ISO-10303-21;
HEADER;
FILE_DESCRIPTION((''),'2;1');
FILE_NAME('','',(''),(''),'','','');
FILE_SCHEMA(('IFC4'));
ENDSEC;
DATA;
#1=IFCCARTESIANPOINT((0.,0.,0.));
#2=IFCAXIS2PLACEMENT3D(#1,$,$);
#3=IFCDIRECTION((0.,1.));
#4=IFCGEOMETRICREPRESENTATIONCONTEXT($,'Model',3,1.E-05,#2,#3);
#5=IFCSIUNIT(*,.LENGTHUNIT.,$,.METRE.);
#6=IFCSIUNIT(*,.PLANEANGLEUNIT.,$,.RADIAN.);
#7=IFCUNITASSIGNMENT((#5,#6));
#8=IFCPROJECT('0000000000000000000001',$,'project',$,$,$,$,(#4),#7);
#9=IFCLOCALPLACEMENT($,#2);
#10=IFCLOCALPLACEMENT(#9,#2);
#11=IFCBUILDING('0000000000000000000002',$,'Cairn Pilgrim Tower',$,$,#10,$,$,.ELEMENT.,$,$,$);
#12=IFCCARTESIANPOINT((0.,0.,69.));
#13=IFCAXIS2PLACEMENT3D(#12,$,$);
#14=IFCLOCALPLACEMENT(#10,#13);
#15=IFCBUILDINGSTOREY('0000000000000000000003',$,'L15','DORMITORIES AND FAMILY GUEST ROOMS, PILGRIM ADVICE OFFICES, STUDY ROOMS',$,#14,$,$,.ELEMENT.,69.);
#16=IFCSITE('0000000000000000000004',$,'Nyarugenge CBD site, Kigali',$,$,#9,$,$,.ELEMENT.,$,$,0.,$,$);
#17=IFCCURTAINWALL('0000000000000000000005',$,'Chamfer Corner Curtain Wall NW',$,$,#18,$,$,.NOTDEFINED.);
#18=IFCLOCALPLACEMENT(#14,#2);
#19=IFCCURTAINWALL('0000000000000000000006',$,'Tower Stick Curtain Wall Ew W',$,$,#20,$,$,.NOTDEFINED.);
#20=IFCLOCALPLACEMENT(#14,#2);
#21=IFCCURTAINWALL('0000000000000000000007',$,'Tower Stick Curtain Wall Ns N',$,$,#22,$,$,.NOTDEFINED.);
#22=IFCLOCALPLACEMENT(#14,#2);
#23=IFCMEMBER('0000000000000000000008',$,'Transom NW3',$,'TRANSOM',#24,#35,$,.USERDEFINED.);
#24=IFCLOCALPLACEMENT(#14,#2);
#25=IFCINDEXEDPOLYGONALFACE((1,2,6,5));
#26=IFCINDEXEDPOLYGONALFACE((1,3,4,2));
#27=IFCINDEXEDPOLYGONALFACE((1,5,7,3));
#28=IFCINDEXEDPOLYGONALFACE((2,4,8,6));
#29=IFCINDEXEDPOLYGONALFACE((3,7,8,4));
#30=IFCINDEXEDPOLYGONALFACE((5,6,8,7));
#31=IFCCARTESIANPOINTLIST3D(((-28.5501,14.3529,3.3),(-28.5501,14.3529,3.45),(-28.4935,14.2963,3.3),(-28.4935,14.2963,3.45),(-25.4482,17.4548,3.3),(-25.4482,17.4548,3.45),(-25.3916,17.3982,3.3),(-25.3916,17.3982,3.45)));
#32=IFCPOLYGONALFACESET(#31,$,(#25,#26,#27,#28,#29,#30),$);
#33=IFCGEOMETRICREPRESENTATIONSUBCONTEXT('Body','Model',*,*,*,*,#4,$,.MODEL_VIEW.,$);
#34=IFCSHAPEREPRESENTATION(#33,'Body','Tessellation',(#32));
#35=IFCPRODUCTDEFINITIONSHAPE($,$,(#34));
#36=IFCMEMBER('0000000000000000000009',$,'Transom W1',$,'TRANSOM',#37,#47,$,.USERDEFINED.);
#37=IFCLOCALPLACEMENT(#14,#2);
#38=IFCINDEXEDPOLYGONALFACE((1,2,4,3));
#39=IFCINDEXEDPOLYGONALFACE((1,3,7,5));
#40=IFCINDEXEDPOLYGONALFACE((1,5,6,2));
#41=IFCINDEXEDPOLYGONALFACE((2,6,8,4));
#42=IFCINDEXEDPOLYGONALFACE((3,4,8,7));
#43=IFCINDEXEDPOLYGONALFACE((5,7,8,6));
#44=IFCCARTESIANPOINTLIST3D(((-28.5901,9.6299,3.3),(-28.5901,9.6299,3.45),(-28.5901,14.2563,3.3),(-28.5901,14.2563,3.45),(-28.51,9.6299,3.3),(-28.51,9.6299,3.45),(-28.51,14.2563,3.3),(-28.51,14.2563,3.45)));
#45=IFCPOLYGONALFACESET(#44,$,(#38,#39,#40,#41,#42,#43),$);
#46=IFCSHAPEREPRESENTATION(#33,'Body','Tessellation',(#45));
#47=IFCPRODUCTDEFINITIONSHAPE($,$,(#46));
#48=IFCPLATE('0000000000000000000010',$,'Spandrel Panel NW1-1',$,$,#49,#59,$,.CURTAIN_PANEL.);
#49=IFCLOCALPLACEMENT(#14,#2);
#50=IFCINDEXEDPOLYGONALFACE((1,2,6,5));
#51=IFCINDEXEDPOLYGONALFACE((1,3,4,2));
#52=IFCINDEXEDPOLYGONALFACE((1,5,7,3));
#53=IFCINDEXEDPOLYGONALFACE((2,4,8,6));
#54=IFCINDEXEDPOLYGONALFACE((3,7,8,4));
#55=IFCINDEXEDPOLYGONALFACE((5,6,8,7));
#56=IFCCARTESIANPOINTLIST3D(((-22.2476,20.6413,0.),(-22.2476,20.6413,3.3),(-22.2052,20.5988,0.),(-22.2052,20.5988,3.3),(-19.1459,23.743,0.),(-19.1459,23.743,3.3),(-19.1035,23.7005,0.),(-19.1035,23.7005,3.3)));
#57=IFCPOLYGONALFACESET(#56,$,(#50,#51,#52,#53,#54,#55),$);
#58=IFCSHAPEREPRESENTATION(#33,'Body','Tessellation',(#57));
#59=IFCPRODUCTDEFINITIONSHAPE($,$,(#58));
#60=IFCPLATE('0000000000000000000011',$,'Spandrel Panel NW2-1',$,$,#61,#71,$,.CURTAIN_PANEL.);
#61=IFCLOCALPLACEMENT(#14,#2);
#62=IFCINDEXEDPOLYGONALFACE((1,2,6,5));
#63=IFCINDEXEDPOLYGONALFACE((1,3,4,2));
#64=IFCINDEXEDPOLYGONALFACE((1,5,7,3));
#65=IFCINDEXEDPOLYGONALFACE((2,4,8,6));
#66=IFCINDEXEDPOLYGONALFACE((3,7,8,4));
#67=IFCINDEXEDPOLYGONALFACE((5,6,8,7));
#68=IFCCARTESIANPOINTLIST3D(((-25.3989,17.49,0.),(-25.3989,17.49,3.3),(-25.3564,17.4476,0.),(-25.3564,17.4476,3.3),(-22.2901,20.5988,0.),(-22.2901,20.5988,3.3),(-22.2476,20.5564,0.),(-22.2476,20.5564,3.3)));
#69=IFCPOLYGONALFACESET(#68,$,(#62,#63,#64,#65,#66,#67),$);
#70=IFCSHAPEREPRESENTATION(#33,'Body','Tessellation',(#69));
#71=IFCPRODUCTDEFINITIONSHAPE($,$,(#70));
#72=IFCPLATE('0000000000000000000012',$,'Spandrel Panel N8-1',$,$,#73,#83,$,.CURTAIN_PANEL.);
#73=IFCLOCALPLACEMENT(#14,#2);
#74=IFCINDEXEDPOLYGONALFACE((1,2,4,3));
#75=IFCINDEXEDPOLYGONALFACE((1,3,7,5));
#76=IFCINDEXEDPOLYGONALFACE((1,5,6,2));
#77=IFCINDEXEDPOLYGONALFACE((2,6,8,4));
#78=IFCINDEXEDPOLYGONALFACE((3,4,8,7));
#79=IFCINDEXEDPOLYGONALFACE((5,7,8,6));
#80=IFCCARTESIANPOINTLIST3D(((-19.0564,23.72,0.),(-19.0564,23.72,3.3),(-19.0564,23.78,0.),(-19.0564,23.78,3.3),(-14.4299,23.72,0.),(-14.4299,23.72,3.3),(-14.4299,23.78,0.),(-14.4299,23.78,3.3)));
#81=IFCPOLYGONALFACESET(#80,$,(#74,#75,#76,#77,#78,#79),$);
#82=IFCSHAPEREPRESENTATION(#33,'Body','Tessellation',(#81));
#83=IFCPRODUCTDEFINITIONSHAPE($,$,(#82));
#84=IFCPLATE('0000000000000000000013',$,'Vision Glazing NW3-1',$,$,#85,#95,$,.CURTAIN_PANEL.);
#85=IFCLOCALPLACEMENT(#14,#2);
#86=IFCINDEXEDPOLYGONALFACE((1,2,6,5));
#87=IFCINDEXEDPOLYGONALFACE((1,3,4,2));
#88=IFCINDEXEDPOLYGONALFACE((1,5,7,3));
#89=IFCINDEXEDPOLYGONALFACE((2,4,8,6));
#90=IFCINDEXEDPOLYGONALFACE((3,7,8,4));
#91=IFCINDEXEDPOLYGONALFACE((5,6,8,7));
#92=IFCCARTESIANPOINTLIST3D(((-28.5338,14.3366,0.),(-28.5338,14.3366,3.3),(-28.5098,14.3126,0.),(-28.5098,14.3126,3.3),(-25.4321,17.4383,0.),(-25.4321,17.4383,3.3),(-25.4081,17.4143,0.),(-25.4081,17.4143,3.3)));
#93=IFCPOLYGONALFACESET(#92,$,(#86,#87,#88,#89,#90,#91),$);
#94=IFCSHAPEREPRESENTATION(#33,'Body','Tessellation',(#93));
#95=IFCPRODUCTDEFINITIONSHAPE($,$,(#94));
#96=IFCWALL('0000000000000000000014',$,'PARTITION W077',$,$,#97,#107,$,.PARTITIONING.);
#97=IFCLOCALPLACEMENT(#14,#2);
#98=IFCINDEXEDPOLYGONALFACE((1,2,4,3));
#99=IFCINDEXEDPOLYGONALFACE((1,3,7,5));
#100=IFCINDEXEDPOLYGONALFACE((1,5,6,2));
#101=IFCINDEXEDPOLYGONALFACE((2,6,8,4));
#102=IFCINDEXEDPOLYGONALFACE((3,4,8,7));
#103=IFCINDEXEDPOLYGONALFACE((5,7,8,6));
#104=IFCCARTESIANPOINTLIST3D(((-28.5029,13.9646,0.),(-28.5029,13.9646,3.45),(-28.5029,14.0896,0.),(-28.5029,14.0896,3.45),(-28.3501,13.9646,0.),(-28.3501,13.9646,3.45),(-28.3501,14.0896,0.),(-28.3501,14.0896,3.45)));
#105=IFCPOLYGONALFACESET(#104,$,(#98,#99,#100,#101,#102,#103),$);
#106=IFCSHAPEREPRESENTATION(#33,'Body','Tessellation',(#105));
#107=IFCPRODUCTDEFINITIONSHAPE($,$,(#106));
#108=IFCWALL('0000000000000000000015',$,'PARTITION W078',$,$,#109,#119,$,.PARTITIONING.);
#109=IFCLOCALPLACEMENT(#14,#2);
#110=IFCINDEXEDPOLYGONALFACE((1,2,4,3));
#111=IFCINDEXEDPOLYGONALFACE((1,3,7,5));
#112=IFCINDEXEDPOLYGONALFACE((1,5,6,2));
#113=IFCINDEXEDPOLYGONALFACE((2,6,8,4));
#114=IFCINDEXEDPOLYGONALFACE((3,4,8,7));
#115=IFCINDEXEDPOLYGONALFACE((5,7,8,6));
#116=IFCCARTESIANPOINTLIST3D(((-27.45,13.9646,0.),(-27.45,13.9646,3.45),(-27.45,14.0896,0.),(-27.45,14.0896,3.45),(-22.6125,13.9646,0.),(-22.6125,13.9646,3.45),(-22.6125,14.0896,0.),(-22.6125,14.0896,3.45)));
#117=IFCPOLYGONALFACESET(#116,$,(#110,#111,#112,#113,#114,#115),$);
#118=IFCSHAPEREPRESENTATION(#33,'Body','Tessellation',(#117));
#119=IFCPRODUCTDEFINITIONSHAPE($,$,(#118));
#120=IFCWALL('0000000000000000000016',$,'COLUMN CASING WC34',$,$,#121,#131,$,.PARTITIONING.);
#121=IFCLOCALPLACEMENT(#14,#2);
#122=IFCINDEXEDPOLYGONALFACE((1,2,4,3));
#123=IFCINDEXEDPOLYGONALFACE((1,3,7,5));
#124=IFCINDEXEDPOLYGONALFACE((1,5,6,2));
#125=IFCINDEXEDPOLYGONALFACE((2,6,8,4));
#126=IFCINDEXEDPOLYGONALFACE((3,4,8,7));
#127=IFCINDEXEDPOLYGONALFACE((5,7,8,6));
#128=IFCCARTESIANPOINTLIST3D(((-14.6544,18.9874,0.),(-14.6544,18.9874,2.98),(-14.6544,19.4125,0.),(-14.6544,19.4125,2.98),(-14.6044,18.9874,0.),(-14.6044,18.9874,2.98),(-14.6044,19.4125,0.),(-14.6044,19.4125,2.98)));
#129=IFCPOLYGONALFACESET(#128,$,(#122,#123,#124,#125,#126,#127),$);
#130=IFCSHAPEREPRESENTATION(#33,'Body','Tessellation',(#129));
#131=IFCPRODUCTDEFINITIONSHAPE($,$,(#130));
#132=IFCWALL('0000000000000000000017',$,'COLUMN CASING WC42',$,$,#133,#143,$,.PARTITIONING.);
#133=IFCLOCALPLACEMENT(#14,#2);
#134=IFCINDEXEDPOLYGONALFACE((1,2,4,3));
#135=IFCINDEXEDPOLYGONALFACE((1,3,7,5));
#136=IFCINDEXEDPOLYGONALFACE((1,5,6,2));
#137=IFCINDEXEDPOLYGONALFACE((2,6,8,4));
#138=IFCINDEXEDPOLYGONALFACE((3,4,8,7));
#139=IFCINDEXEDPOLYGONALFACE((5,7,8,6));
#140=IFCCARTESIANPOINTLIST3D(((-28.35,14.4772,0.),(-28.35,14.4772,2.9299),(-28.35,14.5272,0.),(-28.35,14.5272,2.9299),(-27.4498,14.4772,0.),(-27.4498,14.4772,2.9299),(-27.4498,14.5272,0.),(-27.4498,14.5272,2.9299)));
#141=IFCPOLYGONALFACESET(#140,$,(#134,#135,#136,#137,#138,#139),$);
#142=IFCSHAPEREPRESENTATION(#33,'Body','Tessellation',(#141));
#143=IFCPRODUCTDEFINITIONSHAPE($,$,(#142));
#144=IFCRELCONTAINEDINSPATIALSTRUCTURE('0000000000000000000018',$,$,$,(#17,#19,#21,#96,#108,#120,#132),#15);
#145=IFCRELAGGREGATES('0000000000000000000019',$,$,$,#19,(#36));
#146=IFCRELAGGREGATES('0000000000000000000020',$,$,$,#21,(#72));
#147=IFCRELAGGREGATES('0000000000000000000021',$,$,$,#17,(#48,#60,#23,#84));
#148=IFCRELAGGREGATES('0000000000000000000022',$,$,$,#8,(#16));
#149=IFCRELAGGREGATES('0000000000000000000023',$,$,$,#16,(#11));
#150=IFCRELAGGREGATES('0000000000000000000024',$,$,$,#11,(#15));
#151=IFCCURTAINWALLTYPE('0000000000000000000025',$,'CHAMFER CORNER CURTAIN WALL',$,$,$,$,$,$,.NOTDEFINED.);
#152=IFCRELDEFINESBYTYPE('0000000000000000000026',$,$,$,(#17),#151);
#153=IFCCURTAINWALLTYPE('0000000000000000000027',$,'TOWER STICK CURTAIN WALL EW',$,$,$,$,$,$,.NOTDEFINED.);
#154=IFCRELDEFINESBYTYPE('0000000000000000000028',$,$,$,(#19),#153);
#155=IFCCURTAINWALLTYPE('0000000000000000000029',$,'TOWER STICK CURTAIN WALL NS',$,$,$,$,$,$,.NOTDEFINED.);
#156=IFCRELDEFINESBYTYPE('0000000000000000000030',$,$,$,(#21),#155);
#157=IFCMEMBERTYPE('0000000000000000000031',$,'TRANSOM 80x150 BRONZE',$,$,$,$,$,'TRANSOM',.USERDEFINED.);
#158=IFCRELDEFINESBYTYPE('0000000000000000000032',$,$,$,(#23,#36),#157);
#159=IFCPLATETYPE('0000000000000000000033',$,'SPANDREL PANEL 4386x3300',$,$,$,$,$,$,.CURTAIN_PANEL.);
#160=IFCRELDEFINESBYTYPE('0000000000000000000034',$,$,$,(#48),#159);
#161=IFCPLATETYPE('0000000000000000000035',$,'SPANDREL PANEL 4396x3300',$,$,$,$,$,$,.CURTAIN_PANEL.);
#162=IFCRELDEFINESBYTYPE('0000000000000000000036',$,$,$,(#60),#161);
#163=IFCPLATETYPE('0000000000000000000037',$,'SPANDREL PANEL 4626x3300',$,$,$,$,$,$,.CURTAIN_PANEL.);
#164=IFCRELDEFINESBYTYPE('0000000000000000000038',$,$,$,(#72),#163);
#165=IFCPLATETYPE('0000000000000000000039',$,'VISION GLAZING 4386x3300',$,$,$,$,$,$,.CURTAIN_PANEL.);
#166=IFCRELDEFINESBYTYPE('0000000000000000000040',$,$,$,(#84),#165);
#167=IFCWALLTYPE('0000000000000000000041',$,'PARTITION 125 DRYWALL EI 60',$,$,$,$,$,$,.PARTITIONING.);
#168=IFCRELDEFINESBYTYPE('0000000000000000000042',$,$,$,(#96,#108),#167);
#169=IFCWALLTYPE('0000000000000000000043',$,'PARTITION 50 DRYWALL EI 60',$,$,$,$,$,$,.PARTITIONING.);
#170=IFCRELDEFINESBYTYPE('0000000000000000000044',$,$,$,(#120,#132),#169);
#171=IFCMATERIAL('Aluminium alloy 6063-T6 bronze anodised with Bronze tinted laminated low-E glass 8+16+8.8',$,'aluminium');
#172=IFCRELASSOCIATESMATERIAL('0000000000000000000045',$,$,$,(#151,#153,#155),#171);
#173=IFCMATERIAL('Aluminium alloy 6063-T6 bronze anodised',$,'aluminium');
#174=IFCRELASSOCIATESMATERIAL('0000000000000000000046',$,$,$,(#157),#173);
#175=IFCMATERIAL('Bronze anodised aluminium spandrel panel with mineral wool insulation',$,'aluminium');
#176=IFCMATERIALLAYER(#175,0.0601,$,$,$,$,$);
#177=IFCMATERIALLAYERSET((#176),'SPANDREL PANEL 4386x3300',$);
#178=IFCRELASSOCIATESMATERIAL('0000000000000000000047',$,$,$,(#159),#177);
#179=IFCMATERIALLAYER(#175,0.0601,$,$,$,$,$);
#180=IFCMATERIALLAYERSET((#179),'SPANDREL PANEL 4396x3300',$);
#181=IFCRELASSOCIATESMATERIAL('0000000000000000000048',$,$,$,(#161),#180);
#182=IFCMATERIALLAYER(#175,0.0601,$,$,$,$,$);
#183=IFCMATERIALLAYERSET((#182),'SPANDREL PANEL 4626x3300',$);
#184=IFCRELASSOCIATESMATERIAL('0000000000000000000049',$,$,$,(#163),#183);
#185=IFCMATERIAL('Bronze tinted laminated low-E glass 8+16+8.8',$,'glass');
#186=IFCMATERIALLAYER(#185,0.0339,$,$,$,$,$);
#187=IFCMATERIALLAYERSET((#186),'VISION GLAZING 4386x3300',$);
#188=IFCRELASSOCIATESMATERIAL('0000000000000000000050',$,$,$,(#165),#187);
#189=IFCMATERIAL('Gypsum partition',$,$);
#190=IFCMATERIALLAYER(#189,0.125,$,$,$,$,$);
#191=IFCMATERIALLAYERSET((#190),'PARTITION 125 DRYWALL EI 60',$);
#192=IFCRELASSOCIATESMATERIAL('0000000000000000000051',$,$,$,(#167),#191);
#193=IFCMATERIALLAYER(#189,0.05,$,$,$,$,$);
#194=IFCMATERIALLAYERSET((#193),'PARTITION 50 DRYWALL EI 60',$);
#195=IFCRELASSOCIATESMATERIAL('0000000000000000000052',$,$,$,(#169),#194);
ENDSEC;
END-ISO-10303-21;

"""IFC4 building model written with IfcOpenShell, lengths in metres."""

from ifc_helpers import new_model, si_unit, direction, frame, frame_2d, origin, origin_2d, place, context, subcontext, project, spatial, rectangle, extrude, material, layer, layer_set, material_profile, profile_set, type_object, element, aggregate, save


model = new_model("IFC4")

# Units and contexts
model_context = context("Model", 3, precision=1e-05, world=origin(), true_north=direction((0.0, 1.0)))
body_context = subcontext(model_context, "Body", "Model", "MODEL_VIEW")
ifc_project = project(units=[si_unit("LENGTHUNIT", "METRE"), si_unit("PLANEANGLEUNIT", "RADIAN")], contexts=[model_context])

# Site, building, storey
site_placement = place(None, origin())
site = spatial("IfcSite", under=ifc_project, at=site_placement, Name="Nyarugenge CBD site, Kigali", CompositionType="ELEMENT", RefElevation=0.0)
building_placement = place(site_placement, origin())
building = spatial("IfcBuilding", under=site, at=building_placement, Name="Cairn Pilgrim Tower", CompositionType="ELEMENT")
storey_placement = place(building_placement, frame((0.0, 0.0, 69.0)))
storey = spatial("IfcBuildingStorey", under=building, at=storey_placement, Name="L15", Description="DORMITORIES AND FAMILY GUEST ROOMS, PILGRIM ADVICE OFFICES, STUDY ROOMS", CompositionType="ELEMENT", Elevation=69.0)

# Curtain wall
ifc_material_1 = material(Name="Aluminium alloy 6063-T6 bronze anodised with Bronze tinted laminated low-E glass 8+16+8.8", Category="aluminium")
curtain_wall_type_1 = type_object("IfcCurtainWallType", Name="CHAMFER CORNER CURTAIN WALL", PredefinedType="NOTDEFINED", material=ifc_material_1)
curtain_wall_1_placement = place(storey_placement, origin())
curtain_wall_1 = element("IfcCurtainWall", 1, at=curtain_wall_1_placement, inside=storey, type_object=curtain_wall_type_1, Name="Chamfer Corner Curtain Wall NW", PredefinedType="NOTDEFINED")
ifc_material_2 = material(Name="Aluminium alloy 6063-T6 bronze anodised", Category="aluminium")

# Curtain wall
curtain_wall_type_2 = type_object("IfcCurtainWallType", Name="TOWER STICK CURTAIN WALL EW", PredefinedType="NOTDEFINED", material=ifc_material_1)
curtain_wall_2_placement = place(storey_placement, origin())
curtain_wall_2 = element("IfcCurtainWall", 2, at=curtain_wall_2_placement, inside=storey, type_object=curtain_wall_type_2, Name="Tower Stick Curtain Wall Ew W", PredefinedType="NOTDEFINED")

# Curtain wall
curtain_wall_type_3 = type_object("IfcCurtainWallType", Name="TOWER STICK CURTAIN WALL NS", PredefinedType="NOTDEFINED", material=ifc_material_1)
curtain_wall_3_placement = place(storey_placement, origin())
curtain_wall_3 = element("IfcCurtainWall", 3, at=curtain_wall_3_placement, inside=storey, type_object=curtain_wall_type_3, Name="Tower Stick Curtain Wall Ns N", PredefinedType="NOTDEFINED")
ifc_material_profile_1 = material_profile(ifc_material_2, rectangle(XDim=0.0801, YDim=0.1499, at=origin_2d()), Name="TRANSOM 80x150 BRONZE")
ifc_profile_set_1 = profile_set([ifc_material_profile_1], Name="Aluminium alloy 6063-T6 bronze anodised")
member_type_1 = type_object("IfcMemberType", Name="TRANSOM 80x150 BRONZE", ElementType="TRANSOM", PredefinedType="USERDEFINED", material=ifc_profile_set_1)

# Members
member_1_placement = place(storey_placement, frame((-25.4199, 17.4265, 3.375), z_axis=(-0.707107, -0.707107, 0.0), x_axis=(0.707107, -0.707107, 0.0)))
member_1 = element("IfcMember", 4, at=member_1_placement, type_object=member_type_1, Name="Transom NW3", ObjectType="TRANSOM", PredefinedType="USERDEFINED", context=body_context, shape_type="SweptSolid", body=[
    extrude(rectangle(XDim=0.0801, YDim=0.1499, at=origin_2d()), origin(), (0.0, 0.0, 1.0), 4.3867),
])
member_2_placement = place(storey_placement, frame((-28.55, 14.2563, 3.375), z_axis=(0.0, -1.0, 0.0), x_axis=(1.0, 0.0, 0.0)))
member_2 = element("IfcMember", 5, at=member_2_placement, type_object=member_type_1, Name="Transom W1", ObjectType="TRANSOM", PredefinedType="USERDEFINED", context=body_context, shape_type="SweptSolid", body=[
    extrude(rectangle(XDim=0.0801, YDim=0.1499, at=origin_2d()), origin(), (0.0, 0.0, 1.0), 4.6265),
])
aggregate(curtain_wall_2, [member_2])

# Plates
ifc_material_3 = material(Name="Bronze anodised aluminium spandrel panel with mineral wool insulation", Category="aluminium")
ifc_layer_1 = layer(ifc_material_3, 0.0601)
ifc_layer_set_1 = layer_set([ifc_layer_1], Name="SPANDREL PANEL 4386x3300")
plate_type_1 = type_object("IfcPlateType", Name="SPANDREL PANEL 4386x3300", PredefinedType="CURTAIN_PANEL", material=ifc_layer_set_1)
plate_1_placement = place(storey_placement, frame((-20.6755, 22.1709, 0.0), z_axis=(0.0, 0.0, 1.0), x_axis=(-0.707107, -0.707107, 0.0)))
plate_1 = element("IfcPlate", 6, at=plate_1_placement, type_object=plate_type_1, Name="Spandrel Panel NW1-1", PredefinedType="CURTAIN_PANEL", context=body_context, shape_type="SweptSolid", body=[
    extrude(rectangle(XDim=4.3865, YDim=0.0601, at=origin_2d()), origin(), (0.0, 0.0, 1.0), 3.3),
])
ifc_layer_2 = layer(ifc_material_3, 0.0601)
ifc_layer_set_2 = layer_set([ifc_layer_2], Name="SPANDREL PANEL 4396x3300")
plate_type_2 = type_object("IfcPlateType", Name="SPANDREL PANEL 4396x3300", PredefinedType="CURTAIN_PANEL", material=ifc_layer_set_2)
plate_2_placement = place(storey_placement, frame((-23.8232, 19.0232, 0.0), z_axis=(0.0, 0.0, 1.0), x_axis=(-0.707107, -0.707107, 0.0)))
plate_2 = element("IfcPlate", 7, at=plate_2_placement, type_object=plate_type_2, Name="Spandrel Panel NW2-1", PredefinedType="CURTAIN_PANEL", context=body_context, shape_type="SweptSolid", body=[
    extrude(rectangle(XDim=4.3965, YDim=0.0601, at=origin_2d()), origin(), (0.0, 0.0, 1.0), 3.3),
])
ifc_layer_3 = layer(ifc_material_3, 0.0601)
ifc_layer_set_3 = layer_set([ifc_layer_3], Name="SPANDREL PANEL 4626x3300")
plate_type_3 = type_object("IfcPlateType", Name="SPANDREL PANEL 4626x3300", PredefinedType="CURTAIN_PANEL", material=ifc_layer_set_3)
plate_3_placement = place(storey_placement, frame((-16.7432, 23.75, 0.0), z_axis=(0.0, 0.0, 1.0), x_axis=(-1.0, 0.0, 0.0)))
plate_3 = element("IfcPlate", 8, at=plate_3_placement, type_object=plate_type_3, Name="Spandrel Panel N8-1", PredefinedType="CURTAIN_PANEL", context=body_context, shape_type="SweptSolid", body=[
    extrude(rectangle(XDim=4.6265, YDim=0.0601, at=origin_2d()), origin(), (0.0, 0.0, 1.0), 3.3),
])
aggregate(curtain_wall_3, [plate_3])
ifc_material_4 = material(Name="Bronze tinted laminated low-E glass 8+16+8.8", Category="glass")
ifc_layer_4 = layer(ifc_material_4, 0.0339)
ifc_layer_set_4 = layer_set([ifc_layer_4], Name="VISION GLAZING 4386x3300")
plate_type_4 = type_object("IfcPlateType", Name="VISION GLAZING 4386x3300", PredefinedType="CURTAIN_PANEL", material=ifc_layer_set_4)
plate_4_placement = place(storey_placement, frame((-26.9709, 15.8755, 0.0), z_axis=(0.0, 0.0, 1.0), x_axis=(-0.707107, -0.707107, 0.0)))
plate_4 = element("IfcPlate", 9, at=plate_4_placement, type_object=plate_type_4, Name="Vision Glazing NW3-1", PredefinedType="CURTAIN_PANEL", context=body_context, shape_type="SweptSolid", body=[
    extrude(rectangle(XDim=4.3865, YDim=0.0339, at=origin_2d()), origin(), (0.0, 0.0, 1.0), 3.3),
])
aggregate(curtain_wall_1, [plate_1, plate_2, member_1, plate_4])

# Walls
ifc_material_5 = material(Name="Gypsum partition")
ifc_layer_5 = layer(ifc_material_5, 0.125)
ifc_layer_set_5 = layer_set([ifc_layer_5], Name="PARTITION 125 DRYWALL EI 60")
wall_type_1 = type_object("IfcWallType", Name="PARTITION 125 DRYWALL EI 60", PredefinedType="PARTITIONING", material=ifc_layer_set_5)
wall_1_placement = place(storey_placement, frame((-28.5029, 14.0271, 0.0), z_axis=(0.0, 0.0, 1.0), x_axis=(1.0, 0.0, 0.0)))
element("IfcWall", 10, at=wall_1_placement, inside=storey, type_object=wall_type_1, Name="PARTITION W077", PredefinedType="PARTITIONING", context=body_context, shape_type="SweptSolid", body=[
    extrude(rectangle(XDim=0.1528, YDim=0.125, at=frame_2d((0.0764, 0.0))), origin(), (0.0, 0.0, 1.0), 3.45),
])
wall_2_placement = place(storey_placement, frame((-27.45, 14.0271, 0.0), z_axis=(0.0, 0.0, 1.0), x_axis=(1.0, 0.0, 0.0)))
element("IfcWall", 11, at=wall_2_placement, inside=storey, type_object=wall_type_1, Name="PARTITION W078", PredefinedType="PARTITIONING", context=body_context, shape_type="SweptSolid", body=[
    extrude(rectangle(XDim=4.8374, YDim=0.125, at=frame_2d((2.4187, 0.0))), origin(), (0.0, 0.0, 1.0), 3.45),
])
ifc_layer_6 = layer(ifc_material_5, 0.05)
ifc_layer_set_6 = layer_set([ifc_layer_6], Name="PARTITION 50 DRYWALL EI 60")
wall_type_2 = type_object("IfcWallType", Name="PARTITION 50 DRYWALL EI 60", PredefinedType="PARTITIONING", material=ifc_layer_set_6)
wall_3_placement = place(storey_placement, frame((-14.6294, 18.9875, 0.0), z_axis=(0.0, 0.0, 1.0), x_axis=(0.0, 1.0, 0.0)))
element("IfcWall", 12, at=wall_3_placement, inside=storey, type_object=wall_type_2, Name="COLUMN CASING WC34", PredefinedType="PARTITIONING", context=body_context, shape_type="SweptSolid", body=[
    extrude(rectangle(XDim=0.425, YDim=0.05, at=frame_2d((0.2124, 0.0))), origin(), (0.0, 0.0, 1.0), 2.98),
])
wall_4_placement = place(storey_placement, frame((-28.3501, 14.5022, 0.0), z_axis=(0.0, 0.0, 1.0), x_axis=(1.0, 0.0, 0.0)))
element("IfcWall", 13, at=wall_4_placement, inside=storey, type_object=wall_type_2, Name="COLUMN CASING WC42", PredefinedType="PARTITIONING", context=body_context, shape_type="SweptSolid", body=[
    extrude(rectangle(XDim=0.9001, YDim=0.05, at=frame_2d((0.4502, 0.0))), origin(), (0.0, 0.0, 1.0), 2.9299),
])

save(model, "model.ifc")
